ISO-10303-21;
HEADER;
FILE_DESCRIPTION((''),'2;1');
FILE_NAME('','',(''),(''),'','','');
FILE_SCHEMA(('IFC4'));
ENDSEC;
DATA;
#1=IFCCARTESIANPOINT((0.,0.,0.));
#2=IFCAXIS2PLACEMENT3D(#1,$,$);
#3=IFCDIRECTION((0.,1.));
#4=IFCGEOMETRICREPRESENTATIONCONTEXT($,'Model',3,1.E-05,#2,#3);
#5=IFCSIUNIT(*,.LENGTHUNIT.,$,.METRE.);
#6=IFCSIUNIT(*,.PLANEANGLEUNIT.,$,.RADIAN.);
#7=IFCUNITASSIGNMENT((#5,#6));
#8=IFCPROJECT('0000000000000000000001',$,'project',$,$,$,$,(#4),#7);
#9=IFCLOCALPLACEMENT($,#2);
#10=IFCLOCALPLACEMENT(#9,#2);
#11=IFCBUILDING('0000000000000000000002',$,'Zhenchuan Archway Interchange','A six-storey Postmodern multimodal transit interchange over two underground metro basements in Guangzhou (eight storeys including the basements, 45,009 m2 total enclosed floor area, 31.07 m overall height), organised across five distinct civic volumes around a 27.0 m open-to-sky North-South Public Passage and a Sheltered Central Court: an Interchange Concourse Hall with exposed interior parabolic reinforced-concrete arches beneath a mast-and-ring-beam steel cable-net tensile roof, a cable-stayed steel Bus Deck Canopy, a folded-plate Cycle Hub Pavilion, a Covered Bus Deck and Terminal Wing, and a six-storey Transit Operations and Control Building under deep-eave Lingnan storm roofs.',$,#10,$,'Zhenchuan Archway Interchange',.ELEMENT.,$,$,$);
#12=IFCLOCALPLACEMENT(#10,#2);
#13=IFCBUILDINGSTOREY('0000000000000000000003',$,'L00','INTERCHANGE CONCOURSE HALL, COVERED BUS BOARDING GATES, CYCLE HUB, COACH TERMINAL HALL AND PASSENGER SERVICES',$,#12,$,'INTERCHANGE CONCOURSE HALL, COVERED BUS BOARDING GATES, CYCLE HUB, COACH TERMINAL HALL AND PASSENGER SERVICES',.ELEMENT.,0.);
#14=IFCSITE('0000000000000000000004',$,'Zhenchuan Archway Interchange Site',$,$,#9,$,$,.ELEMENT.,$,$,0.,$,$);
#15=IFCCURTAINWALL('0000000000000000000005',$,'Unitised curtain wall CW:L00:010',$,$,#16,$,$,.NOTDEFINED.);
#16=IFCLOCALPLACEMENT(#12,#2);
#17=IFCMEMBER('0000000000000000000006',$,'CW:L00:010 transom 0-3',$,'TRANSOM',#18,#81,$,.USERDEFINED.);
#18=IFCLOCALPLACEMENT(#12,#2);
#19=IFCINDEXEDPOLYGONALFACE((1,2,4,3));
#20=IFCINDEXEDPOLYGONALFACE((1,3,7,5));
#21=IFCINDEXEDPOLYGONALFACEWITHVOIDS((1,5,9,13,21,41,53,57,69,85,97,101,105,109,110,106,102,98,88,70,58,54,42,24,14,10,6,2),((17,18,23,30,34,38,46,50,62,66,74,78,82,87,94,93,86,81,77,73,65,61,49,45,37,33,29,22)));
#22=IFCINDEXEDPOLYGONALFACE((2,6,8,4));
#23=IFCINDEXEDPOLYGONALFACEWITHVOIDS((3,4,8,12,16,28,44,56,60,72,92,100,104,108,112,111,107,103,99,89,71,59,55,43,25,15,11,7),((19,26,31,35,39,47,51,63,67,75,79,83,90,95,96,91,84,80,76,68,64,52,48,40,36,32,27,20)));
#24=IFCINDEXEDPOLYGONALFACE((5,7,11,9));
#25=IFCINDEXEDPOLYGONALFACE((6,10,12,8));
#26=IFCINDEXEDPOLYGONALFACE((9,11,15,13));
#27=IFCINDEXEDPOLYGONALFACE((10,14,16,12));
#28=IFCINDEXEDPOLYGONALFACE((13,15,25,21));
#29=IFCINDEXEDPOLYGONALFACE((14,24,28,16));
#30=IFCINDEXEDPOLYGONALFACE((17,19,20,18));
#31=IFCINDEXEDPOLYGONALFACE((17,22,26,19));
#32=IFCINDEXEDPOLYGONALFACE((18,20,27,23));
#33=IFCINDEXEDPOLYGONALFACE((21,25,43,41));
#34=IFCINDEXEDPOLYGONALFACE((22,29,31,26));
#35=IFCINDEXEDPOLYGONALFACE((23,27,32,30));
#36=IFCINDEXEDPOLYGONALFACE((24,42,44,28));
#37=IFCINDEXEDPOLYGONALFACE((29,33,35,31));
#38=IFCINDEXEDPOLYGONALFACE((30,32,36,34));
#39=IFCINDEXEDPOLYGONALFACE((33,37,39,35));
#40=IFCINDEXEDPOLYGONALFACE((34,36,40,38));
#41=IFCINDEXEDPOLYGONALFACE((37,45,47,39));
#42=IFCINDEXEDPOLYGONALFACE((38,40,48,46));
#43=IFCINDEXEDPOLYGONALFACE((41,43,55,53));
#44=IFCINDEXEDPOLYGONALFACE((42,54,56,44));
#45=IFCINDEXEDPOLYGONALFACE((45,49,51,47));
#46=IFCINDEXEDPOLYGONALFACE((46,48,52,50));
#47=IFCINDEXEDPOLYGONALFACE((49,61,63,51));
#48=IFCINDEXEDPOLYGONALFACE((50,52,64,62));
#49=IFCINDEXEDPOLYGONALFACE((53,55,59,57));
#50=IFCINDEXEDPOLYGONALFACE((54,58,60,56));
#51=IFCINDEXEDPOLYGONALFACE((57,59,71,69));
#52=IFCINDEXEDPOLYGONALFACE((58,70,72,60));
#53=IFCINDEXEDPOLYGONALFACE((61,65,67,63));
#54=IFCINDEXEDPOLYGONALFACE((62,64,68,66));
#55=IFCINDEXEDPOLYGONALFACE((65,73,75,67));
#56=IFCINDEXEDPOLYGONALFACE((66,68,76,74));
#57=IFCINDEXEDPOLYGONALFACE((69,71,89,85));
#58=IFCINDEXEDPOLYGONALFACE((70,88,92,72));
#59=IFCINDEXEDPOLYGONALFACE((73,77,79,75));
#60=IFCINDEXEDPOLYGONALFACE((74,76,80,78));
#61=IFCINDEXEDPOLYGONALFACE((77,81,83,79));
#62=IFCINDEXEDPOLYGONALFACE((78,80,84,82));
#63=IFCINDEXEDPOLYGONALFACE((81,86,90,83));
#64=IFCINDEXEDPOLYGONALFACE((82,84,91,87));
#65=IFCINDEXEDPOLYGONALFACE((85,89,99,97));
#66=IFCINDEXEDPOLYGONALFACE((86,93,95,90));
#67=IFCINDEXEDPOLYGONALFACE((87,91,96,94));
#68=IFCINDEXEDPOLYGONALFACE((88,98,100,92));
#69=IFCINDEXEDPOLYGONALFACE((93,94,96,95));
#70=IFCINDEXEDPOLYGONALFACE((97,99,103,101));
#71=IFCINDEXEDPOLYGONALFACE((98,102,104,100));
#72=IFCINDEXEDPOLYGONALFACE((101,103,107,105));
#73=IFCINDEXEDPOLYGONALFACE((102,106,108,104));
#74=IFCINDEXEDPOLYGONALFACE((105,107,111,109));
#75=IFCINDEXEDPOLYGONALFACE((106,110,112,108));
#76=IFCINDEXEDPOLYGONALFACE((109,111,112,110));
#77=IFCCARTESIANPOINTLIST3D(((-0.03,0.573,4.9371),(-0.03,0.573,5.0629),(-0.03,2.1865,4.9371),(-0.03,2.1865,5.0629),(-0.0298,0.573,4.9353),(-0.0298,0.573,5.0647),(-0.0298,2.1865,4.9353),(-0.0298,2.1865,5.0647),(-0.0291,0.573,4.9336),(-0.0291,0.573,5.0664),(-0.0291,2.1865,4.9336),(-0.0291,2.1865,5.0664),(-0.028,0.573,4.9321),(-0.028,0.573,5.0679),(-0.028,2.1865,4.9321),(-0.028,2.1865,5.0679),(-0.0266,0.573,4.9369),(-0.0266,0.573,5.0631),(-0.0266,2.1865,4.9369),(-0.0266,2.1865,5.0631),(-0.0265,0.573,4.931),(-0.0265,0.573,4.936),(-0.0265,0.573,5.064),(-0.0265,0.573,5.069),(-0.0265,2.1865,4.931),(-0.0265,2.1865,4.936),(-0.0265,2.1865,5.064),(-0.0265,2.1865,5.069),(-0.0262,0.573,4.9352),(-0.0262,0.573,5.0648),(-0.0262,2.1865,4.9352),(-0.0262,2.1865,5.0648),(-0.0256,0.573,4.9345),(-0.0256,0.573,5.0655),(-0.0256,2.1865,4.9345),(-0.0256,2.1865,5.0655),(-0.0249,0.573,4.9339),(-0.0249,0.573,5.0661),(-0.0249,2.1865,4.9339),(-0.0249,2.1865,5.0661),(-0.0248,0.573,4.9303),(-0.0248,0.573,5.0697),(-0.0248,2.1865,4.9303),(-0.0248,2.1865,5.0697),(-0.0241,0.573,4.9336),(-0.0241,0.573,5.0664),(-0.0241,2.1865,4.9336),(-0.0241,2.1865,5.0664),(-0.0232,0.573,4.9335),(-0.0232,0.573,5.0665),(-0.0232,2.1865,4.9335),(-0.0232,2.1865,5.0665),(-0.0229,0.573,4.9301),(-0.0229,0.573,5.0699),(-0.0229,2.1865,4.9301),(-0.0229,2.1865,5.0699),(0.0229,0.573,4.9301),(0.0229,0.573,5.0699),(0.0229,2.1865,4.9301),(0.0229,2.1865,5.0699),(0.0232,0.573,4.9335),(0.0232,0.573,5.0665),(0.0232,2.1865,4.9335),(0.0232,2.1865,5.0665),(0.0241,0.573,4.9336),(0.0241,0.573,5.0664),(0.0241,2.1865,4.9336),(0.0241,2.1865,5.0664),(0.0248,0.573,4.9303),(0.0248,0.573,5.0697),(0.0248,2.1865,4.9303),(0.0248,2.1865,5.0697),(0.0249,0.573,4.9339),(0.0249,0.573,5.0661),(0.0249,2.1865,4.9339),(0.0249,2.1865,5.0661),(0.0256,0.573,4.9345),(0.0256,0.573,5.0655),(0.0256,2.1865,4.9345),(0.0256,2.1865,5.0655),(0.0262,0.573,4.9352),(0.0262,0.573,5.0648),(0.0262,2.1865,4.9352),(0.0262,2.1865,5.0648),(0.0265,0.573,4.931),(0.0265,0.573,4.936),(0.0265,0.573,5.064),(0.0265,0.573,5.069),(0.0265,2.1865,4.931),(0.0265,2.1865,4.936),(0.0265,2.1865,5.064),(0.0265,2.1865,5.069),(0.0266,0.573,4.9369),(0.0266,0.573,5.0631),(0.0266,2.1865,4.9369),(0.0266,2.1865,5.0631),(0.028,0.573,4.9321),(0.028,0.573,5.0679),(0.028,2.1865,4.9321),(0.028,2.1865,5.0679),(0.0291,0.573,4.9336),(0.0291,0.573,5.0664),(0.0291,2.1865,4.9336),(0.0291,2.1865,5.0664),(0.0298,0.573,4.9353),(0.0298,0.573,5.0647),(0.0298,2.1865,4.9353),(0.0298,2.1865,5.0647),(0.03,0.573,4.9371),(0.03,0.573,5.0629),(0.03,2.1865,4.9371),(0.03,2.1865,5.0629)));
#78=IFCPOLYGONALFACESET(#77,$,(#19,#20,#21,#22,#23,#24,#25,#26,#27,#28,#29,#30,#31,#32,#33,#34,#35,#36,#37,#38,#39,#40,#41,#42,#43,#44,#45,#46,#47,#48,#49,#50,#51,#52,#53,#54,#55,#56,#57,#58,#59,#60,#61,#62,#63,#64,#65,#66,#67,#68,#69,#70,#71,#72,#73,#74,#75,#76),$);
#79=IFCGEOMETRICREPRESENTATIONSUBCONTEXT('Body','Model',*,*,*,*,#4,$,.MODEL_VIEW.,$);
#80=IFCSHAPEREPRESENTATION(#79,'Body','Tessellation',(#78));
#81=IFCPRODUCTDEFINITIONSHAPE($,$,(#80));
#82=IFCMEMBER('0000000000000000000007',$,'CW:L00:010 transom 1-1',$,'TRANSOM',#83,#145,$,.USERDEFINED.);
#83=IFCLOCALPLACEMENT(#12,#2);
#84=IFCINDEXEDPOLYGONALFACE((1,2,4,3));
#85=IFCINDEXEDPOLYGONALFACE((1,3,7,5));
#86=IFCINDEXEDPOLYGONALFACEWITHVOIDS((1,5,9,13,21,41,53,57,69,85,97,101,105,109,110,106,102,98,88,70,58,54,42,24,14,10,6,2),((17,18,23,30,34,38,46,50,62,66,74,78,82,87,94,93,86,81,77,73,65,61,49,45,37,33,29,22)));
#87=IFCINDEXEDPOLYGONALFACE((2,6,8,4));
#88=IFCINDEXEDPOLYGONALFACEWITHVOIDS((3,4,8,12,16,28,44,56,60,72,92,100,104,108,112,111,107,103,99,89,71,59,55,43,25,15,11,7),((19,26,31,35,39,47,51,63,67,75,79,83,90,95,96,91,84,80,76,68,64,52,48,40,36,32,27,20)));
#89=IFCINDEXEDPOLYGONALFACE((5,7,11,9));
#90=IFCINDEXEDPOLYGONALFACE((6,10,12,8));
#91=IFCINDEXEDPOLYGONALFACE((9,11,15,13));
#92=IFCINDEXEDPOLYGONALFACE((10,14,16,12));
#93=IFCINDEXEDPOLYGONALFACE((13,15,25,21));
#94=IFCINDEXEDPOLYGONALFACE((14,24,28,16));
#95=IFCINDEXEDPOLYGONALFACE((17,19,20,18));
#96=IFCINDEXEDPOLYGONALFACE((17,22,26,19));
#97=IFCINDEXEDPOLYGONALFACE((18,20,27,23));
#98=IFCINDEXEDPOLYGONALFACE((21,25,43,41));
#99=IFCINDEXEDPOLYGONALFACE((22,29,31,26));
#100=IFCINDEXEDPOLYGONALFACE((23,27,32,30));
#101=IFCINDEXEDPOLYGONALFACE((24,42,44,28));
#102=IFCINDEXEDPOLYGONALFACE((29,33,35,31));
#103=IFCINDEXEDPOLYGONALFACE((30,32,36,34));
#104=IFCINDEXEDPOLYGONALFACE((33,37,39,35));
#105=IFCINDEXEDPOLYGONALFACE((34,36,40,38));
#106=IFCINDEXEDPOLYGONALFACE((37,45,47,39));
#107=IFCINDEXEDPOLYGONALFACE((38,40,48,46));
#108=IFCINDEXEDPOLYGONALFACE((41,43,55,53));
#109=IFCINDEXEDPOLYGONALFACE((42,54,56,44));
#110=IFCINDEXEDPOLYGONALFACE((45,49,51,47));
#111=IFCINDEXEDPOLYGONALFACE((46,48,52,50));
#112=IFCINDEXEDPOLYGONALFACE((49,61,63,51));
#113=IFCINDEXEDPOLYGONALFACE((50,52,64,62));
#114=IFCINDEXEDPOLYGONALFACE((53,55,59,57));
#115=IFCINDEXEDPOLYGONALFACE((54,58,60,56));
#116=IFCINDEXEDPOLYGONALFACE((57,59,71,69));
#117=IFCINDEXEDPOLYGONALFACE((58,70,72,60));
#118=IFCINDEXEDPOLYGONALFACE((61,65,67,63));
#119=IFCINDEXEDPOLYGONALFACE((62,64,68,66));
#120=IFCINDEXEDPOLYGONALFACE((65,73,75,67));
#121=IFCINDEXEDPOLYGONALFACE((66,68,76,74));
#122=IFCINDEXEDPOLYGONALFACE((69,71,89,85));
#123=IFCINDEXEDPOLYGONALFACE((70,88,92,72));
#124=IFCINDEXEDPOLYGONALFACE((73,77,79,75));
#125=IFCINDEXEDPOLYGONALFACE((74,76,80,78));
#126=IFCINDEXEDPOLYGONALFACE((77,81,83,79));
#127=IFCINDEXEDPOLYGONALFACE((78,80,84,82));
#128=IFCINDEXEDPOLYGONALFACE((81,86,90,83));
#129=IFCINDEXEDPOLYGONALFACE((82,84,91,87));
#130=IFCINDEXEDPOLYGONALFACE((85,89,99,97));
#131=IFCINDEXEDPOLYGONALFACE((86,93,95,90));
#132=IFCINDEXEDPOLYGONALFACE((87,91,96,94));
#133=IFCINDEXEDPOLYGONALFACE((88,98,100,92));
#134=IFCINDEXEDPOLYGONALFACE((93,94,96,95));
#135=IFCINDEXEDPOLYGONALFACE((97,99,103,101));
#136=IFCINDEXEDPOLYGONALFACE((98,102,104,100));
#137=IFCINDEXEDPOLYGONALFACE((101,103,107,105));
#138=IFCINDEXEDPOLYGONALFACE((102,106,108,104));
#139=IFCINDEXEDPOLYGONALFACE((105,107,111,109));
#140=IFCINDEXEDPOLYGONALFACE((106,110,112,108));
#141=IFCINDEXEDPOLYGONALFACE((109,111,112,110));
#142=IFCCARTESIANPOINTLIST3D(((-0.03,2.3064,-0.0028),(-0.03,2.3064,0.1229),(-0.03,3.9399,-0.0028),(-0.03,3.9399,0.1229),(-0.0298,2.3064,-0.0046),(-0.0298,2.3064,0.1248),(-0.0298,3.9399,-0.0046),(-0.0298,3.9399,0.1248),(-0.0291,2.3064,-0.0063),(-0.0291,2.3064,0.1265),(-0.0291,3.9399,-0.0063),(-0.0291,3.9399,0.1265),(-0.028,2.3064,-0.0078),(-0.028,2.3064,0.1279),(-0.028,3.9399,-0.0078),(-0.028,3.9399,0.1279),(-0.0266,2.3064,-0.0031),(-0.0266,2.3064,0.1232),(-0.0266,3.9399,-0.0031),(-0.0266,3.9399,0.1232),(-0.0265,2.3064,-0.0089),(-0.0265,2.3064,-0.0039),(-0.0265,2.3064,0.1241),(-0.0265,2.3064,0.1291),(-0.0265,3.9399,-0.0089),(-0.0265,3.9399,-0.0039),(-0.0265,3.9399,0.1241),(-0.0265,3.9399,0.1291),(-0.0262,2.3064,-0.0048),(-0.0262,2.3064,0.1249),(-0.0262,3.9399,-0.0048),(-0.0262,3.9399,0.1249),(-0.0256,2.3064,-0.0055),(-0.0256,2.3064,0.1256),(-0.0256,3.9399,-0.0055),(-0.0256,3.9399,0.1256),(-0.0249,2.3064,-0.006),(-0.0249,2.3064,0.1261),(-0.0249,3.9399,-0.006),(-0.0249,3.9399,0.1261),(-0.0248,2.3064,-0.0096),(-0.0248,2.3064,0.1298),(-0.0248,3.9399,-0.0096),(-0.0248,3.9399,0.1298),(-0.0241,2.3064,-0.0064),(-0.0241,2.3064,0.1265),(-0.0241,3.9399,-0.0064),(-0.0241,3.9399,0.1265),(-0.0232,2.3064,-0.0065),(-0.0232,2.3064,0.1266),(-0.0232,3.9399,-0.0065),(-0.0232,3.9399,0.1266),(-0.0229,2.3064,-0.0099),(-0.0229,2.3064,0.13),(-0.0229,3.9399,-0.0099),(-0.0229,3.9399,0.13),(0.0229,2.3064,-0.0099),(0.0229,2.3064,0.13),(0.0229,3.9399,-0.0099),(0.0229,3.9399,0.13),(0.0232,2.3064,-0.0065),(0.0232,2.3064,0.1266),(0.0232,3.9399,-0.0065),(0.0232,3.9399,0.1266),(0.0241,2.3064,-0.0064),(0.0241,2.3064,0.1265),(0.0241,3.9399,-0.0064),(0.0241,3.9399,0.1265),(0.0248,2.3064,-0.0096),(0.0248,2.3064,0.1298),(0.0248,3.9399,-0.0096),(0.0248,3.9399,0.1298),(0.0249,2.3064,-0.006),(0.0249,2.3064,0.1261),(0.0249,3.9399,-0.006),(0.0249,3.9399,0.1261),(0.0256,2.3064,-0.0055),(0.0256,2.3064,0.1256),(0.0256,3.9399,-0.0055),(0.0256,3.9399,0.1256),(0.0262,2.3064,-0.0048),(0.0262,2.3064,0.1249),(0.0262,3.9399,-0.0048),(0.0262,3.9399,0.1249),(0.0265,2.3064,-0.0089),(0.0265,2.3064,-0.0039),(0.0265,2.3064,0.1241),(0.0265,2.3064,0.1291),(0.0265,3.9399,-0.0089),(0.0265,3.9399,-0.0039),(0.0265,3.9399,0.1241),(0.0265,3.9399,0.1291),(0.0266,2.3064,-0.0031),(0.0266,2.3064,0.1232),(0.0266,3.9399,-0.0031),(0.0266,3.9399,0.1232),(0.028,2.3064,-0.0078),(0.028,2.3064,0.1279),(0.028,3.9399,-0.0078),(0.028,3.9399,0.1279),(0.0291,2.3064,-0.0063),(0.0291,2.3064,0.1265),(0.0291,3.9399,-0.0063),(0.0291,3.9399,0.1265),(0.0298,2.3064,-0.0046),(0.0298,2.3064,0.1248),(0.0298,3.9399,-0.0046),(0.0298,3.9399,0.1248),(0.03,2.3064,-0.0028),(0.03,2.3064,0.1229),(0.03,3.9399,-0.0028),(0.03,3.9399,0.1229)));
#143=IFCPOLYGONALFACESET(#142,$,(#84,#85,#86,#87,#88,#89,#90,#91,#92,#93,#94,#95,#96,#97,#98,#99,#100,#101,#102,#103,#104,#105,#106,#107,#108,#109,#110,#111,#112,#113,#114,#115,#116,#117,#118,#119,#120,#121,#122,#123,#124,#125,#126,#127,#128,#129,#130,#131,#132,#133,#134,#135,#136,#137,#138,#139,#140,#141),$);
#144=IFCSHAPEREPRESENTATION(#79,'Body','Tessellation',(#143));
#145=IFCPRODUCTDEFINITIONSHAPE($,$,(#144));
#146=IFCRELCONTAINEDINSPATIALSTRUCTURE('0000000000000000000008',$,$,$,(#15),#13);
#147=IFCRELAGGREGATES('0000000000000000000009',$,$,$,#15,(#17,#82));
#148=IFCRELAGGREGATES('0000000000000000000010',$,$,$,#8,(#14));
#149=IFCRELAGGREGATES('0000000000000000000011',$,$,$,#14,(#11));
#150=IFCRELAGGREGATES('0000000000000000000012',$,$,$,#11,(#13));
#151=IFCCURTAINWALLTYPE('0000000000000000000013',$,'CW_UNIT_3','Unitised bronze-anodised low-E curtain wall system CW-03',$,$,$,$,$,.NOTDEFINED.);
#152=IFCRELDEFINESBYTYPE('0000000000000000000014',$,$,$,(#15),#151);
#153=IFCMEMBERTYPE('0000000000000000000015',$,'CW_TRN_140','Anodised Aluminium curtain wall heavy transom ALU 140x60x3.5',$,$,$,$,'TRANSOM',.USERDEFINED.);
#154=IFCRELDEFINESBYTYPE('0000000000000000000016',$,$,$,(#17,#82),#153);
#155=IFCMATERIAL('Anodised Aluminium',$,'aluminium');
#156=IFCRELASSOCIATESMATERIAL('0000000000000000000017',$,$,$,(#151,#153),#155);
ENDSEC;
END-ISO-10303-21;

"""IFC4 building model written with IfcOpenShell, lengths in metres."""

from ifc_helpers import new_model, si_unit, direction, frame, origin, origin_2d, place, context, subcontext, project, spatial, hollow_rectangle, extrude, material, material_profile, profile_set, type_object, element, aggregate, save


model = new_model("IFC4")

# Units and contexts
model_context = context("Model", 3, precision=1e-05, world=origin(), true_north=direction((0.0, 1.0)))
body_context = subcontext(model_context, "Body", "Model", "MODEL_VIEW")
ifc_project = project(units=[si_unit("LENGTHUNIT", "METRE"), si_unit("PLANEANGLEUNIT", "RADIAN")], contexts=[model_context])

# Site, building, storey
site_placement = place(None, origin())
site = spatial("IfcSite", under=ifc_project, at=site_placement, Name="Zhenchuan Archway Interchange Site", CompositionType="ELEMENT", RefElevation=0.0)
building_placement = place(site_placement, origin())
building = spatial("IfcBuilding", under=site, at=building_placement, Name="Zhenchuan Archway Interchange", Description="A six-storey Postmodern multimodal transit interchange over two underground metro basements in Guangzhou (eight storeys including the basements, 45,009 m2 total enclosed floor area, 31.07 m overall height), organised across five distinct civic volumes around a 27.0 m open-to-sky North-South Public Passage and a Sheltered Central Court: an Interchange Concourse Hall with exposed interior parabolic reinforced-concrete arches beneath a mast-and-ring-beam steel cable-net tensile roof, a cable-stayed steel Bus Deck Canopy, a folded-plate Cycle Hub Pavilion, a Covered Bus Deck and Terminal Wing, and a six-storey Transit Operations and Control Building under deep-eave Lingnan storm roofs.", LongName="Zhenchuan Archway Interchange", CompositionType="ELEMENT")
storey_placement = place(building_placement, origin())
storey = spatial("IfcBuildingStorey", under=building, at=storey_placement, Name="L00", Description="INTERCHANGE CONCOURSE HALL, COVERED BUS BOARDING GATES, CYCLE HUB, COACH TERMINAL HALL AND PASSENGER SERVICES", LongName="INTERCHANGE CONCOURSE HALL, COVERED BUS BOARDING GATES, CYCLE HUB, COACH TERMINAL HALL AND PASSENGER SERVICES", CompositionType="ELEMENT", Elevation=0.0)

# Curtain wall, members
ifc_material_1 = material(Name="Anodised Aluminium", Category="aluminium")
curtain_wall_type = type_object("IfcCurtainWallType", Name="CW_UNIT_3", Description="Unitised bronze-anodised low-E curtain wall system CW-03", PredefinedType="NOTDEFINED", material=ifc_material_1)
curtain_wall_placement = place(storey_placement, origin())
curtain_wall = element("IfcCurtainWall", 1, at=curtain_wall_placement, inside=storey, type_object=curtain_wall_type, Name="Unitised curtain wall CW:L00:010", PredefinedType="NOTDEFINED")
ifc_material_profile_1 = material_profile(ifc_material_1, hollow_rectangle(XDim=0.0601, YDim=0.1399, WallThickness=0.0034, InnerFilletRadius=0.0034, OuterFilletRadius=0.0071, at=origin_2d()), Name="ALU 140x60x3.5")
ifc_profile_set_1 = profile_set([ifc_material_profile_1], Name="Anodised Aluminium")
member_type_1 = type_object("IfcMemberType", Name="CW_TRN_140", Description="Anodised Aluminium curtain wall heavy transom ALU 140x60x3.5", ElementType="TRANSOM", PredefinedType="USERDEFINED", material=ifc_profile_set_1)
member_1_placement = place(storey_placement, frame((0.0, 0.573, 5.0), z_axis=(0.0, 1.0, 0.0), x_axis=(-1.0, 0.0, 0.0)))
member_1 = element("IfcMember", 2, at=member_1_placement, type_object=member_type_1, Name="CW:L00:010 transom 0-3", ObjectType="TRANSOM", PredefinedType="USERDEFINED", context=body_context, shape_type="SweptSolid", body=[
    extrude(hollow_rectangle(XDim=0.0601, YDim=0.1399, WallThickness=0.0034, InnerFilletRadius=0.0034, OuterFilletRadius=0.0071, at=origin_2d()), origin(), (0.0, 0.0, 1.0), 1.6135),
])
member_2_placement = place(storey_placement, frame((0.0, 2.3064, 0.0601), z_axis=(0.0, 1.0, 0.0), x_axis=(-1.0, 0.0, 0.0)))
member_2 = element("IfcMember", 3, at=member_2_placement, type_object=member_type_1, Name="CW:L00:010 transom 1-1", ObjectType="TRANSOM", PredefinedType="USERDEFINED", context=body_context, shape_type="SweptSolid", body=[
    extrude(hollow_rectangle(XDim=0.0601, YDim=0.1399, WallThickness=0.0034, InnerFilletRadius=0.0034, OuterFilletRadius=0.0071, at=origin_2d()), origin(), (0.0, 0.0, 1.0), 1.6335),
])

aggregate(curtain_wall, [member_1, member_2])

save(model, "model.ifc")
